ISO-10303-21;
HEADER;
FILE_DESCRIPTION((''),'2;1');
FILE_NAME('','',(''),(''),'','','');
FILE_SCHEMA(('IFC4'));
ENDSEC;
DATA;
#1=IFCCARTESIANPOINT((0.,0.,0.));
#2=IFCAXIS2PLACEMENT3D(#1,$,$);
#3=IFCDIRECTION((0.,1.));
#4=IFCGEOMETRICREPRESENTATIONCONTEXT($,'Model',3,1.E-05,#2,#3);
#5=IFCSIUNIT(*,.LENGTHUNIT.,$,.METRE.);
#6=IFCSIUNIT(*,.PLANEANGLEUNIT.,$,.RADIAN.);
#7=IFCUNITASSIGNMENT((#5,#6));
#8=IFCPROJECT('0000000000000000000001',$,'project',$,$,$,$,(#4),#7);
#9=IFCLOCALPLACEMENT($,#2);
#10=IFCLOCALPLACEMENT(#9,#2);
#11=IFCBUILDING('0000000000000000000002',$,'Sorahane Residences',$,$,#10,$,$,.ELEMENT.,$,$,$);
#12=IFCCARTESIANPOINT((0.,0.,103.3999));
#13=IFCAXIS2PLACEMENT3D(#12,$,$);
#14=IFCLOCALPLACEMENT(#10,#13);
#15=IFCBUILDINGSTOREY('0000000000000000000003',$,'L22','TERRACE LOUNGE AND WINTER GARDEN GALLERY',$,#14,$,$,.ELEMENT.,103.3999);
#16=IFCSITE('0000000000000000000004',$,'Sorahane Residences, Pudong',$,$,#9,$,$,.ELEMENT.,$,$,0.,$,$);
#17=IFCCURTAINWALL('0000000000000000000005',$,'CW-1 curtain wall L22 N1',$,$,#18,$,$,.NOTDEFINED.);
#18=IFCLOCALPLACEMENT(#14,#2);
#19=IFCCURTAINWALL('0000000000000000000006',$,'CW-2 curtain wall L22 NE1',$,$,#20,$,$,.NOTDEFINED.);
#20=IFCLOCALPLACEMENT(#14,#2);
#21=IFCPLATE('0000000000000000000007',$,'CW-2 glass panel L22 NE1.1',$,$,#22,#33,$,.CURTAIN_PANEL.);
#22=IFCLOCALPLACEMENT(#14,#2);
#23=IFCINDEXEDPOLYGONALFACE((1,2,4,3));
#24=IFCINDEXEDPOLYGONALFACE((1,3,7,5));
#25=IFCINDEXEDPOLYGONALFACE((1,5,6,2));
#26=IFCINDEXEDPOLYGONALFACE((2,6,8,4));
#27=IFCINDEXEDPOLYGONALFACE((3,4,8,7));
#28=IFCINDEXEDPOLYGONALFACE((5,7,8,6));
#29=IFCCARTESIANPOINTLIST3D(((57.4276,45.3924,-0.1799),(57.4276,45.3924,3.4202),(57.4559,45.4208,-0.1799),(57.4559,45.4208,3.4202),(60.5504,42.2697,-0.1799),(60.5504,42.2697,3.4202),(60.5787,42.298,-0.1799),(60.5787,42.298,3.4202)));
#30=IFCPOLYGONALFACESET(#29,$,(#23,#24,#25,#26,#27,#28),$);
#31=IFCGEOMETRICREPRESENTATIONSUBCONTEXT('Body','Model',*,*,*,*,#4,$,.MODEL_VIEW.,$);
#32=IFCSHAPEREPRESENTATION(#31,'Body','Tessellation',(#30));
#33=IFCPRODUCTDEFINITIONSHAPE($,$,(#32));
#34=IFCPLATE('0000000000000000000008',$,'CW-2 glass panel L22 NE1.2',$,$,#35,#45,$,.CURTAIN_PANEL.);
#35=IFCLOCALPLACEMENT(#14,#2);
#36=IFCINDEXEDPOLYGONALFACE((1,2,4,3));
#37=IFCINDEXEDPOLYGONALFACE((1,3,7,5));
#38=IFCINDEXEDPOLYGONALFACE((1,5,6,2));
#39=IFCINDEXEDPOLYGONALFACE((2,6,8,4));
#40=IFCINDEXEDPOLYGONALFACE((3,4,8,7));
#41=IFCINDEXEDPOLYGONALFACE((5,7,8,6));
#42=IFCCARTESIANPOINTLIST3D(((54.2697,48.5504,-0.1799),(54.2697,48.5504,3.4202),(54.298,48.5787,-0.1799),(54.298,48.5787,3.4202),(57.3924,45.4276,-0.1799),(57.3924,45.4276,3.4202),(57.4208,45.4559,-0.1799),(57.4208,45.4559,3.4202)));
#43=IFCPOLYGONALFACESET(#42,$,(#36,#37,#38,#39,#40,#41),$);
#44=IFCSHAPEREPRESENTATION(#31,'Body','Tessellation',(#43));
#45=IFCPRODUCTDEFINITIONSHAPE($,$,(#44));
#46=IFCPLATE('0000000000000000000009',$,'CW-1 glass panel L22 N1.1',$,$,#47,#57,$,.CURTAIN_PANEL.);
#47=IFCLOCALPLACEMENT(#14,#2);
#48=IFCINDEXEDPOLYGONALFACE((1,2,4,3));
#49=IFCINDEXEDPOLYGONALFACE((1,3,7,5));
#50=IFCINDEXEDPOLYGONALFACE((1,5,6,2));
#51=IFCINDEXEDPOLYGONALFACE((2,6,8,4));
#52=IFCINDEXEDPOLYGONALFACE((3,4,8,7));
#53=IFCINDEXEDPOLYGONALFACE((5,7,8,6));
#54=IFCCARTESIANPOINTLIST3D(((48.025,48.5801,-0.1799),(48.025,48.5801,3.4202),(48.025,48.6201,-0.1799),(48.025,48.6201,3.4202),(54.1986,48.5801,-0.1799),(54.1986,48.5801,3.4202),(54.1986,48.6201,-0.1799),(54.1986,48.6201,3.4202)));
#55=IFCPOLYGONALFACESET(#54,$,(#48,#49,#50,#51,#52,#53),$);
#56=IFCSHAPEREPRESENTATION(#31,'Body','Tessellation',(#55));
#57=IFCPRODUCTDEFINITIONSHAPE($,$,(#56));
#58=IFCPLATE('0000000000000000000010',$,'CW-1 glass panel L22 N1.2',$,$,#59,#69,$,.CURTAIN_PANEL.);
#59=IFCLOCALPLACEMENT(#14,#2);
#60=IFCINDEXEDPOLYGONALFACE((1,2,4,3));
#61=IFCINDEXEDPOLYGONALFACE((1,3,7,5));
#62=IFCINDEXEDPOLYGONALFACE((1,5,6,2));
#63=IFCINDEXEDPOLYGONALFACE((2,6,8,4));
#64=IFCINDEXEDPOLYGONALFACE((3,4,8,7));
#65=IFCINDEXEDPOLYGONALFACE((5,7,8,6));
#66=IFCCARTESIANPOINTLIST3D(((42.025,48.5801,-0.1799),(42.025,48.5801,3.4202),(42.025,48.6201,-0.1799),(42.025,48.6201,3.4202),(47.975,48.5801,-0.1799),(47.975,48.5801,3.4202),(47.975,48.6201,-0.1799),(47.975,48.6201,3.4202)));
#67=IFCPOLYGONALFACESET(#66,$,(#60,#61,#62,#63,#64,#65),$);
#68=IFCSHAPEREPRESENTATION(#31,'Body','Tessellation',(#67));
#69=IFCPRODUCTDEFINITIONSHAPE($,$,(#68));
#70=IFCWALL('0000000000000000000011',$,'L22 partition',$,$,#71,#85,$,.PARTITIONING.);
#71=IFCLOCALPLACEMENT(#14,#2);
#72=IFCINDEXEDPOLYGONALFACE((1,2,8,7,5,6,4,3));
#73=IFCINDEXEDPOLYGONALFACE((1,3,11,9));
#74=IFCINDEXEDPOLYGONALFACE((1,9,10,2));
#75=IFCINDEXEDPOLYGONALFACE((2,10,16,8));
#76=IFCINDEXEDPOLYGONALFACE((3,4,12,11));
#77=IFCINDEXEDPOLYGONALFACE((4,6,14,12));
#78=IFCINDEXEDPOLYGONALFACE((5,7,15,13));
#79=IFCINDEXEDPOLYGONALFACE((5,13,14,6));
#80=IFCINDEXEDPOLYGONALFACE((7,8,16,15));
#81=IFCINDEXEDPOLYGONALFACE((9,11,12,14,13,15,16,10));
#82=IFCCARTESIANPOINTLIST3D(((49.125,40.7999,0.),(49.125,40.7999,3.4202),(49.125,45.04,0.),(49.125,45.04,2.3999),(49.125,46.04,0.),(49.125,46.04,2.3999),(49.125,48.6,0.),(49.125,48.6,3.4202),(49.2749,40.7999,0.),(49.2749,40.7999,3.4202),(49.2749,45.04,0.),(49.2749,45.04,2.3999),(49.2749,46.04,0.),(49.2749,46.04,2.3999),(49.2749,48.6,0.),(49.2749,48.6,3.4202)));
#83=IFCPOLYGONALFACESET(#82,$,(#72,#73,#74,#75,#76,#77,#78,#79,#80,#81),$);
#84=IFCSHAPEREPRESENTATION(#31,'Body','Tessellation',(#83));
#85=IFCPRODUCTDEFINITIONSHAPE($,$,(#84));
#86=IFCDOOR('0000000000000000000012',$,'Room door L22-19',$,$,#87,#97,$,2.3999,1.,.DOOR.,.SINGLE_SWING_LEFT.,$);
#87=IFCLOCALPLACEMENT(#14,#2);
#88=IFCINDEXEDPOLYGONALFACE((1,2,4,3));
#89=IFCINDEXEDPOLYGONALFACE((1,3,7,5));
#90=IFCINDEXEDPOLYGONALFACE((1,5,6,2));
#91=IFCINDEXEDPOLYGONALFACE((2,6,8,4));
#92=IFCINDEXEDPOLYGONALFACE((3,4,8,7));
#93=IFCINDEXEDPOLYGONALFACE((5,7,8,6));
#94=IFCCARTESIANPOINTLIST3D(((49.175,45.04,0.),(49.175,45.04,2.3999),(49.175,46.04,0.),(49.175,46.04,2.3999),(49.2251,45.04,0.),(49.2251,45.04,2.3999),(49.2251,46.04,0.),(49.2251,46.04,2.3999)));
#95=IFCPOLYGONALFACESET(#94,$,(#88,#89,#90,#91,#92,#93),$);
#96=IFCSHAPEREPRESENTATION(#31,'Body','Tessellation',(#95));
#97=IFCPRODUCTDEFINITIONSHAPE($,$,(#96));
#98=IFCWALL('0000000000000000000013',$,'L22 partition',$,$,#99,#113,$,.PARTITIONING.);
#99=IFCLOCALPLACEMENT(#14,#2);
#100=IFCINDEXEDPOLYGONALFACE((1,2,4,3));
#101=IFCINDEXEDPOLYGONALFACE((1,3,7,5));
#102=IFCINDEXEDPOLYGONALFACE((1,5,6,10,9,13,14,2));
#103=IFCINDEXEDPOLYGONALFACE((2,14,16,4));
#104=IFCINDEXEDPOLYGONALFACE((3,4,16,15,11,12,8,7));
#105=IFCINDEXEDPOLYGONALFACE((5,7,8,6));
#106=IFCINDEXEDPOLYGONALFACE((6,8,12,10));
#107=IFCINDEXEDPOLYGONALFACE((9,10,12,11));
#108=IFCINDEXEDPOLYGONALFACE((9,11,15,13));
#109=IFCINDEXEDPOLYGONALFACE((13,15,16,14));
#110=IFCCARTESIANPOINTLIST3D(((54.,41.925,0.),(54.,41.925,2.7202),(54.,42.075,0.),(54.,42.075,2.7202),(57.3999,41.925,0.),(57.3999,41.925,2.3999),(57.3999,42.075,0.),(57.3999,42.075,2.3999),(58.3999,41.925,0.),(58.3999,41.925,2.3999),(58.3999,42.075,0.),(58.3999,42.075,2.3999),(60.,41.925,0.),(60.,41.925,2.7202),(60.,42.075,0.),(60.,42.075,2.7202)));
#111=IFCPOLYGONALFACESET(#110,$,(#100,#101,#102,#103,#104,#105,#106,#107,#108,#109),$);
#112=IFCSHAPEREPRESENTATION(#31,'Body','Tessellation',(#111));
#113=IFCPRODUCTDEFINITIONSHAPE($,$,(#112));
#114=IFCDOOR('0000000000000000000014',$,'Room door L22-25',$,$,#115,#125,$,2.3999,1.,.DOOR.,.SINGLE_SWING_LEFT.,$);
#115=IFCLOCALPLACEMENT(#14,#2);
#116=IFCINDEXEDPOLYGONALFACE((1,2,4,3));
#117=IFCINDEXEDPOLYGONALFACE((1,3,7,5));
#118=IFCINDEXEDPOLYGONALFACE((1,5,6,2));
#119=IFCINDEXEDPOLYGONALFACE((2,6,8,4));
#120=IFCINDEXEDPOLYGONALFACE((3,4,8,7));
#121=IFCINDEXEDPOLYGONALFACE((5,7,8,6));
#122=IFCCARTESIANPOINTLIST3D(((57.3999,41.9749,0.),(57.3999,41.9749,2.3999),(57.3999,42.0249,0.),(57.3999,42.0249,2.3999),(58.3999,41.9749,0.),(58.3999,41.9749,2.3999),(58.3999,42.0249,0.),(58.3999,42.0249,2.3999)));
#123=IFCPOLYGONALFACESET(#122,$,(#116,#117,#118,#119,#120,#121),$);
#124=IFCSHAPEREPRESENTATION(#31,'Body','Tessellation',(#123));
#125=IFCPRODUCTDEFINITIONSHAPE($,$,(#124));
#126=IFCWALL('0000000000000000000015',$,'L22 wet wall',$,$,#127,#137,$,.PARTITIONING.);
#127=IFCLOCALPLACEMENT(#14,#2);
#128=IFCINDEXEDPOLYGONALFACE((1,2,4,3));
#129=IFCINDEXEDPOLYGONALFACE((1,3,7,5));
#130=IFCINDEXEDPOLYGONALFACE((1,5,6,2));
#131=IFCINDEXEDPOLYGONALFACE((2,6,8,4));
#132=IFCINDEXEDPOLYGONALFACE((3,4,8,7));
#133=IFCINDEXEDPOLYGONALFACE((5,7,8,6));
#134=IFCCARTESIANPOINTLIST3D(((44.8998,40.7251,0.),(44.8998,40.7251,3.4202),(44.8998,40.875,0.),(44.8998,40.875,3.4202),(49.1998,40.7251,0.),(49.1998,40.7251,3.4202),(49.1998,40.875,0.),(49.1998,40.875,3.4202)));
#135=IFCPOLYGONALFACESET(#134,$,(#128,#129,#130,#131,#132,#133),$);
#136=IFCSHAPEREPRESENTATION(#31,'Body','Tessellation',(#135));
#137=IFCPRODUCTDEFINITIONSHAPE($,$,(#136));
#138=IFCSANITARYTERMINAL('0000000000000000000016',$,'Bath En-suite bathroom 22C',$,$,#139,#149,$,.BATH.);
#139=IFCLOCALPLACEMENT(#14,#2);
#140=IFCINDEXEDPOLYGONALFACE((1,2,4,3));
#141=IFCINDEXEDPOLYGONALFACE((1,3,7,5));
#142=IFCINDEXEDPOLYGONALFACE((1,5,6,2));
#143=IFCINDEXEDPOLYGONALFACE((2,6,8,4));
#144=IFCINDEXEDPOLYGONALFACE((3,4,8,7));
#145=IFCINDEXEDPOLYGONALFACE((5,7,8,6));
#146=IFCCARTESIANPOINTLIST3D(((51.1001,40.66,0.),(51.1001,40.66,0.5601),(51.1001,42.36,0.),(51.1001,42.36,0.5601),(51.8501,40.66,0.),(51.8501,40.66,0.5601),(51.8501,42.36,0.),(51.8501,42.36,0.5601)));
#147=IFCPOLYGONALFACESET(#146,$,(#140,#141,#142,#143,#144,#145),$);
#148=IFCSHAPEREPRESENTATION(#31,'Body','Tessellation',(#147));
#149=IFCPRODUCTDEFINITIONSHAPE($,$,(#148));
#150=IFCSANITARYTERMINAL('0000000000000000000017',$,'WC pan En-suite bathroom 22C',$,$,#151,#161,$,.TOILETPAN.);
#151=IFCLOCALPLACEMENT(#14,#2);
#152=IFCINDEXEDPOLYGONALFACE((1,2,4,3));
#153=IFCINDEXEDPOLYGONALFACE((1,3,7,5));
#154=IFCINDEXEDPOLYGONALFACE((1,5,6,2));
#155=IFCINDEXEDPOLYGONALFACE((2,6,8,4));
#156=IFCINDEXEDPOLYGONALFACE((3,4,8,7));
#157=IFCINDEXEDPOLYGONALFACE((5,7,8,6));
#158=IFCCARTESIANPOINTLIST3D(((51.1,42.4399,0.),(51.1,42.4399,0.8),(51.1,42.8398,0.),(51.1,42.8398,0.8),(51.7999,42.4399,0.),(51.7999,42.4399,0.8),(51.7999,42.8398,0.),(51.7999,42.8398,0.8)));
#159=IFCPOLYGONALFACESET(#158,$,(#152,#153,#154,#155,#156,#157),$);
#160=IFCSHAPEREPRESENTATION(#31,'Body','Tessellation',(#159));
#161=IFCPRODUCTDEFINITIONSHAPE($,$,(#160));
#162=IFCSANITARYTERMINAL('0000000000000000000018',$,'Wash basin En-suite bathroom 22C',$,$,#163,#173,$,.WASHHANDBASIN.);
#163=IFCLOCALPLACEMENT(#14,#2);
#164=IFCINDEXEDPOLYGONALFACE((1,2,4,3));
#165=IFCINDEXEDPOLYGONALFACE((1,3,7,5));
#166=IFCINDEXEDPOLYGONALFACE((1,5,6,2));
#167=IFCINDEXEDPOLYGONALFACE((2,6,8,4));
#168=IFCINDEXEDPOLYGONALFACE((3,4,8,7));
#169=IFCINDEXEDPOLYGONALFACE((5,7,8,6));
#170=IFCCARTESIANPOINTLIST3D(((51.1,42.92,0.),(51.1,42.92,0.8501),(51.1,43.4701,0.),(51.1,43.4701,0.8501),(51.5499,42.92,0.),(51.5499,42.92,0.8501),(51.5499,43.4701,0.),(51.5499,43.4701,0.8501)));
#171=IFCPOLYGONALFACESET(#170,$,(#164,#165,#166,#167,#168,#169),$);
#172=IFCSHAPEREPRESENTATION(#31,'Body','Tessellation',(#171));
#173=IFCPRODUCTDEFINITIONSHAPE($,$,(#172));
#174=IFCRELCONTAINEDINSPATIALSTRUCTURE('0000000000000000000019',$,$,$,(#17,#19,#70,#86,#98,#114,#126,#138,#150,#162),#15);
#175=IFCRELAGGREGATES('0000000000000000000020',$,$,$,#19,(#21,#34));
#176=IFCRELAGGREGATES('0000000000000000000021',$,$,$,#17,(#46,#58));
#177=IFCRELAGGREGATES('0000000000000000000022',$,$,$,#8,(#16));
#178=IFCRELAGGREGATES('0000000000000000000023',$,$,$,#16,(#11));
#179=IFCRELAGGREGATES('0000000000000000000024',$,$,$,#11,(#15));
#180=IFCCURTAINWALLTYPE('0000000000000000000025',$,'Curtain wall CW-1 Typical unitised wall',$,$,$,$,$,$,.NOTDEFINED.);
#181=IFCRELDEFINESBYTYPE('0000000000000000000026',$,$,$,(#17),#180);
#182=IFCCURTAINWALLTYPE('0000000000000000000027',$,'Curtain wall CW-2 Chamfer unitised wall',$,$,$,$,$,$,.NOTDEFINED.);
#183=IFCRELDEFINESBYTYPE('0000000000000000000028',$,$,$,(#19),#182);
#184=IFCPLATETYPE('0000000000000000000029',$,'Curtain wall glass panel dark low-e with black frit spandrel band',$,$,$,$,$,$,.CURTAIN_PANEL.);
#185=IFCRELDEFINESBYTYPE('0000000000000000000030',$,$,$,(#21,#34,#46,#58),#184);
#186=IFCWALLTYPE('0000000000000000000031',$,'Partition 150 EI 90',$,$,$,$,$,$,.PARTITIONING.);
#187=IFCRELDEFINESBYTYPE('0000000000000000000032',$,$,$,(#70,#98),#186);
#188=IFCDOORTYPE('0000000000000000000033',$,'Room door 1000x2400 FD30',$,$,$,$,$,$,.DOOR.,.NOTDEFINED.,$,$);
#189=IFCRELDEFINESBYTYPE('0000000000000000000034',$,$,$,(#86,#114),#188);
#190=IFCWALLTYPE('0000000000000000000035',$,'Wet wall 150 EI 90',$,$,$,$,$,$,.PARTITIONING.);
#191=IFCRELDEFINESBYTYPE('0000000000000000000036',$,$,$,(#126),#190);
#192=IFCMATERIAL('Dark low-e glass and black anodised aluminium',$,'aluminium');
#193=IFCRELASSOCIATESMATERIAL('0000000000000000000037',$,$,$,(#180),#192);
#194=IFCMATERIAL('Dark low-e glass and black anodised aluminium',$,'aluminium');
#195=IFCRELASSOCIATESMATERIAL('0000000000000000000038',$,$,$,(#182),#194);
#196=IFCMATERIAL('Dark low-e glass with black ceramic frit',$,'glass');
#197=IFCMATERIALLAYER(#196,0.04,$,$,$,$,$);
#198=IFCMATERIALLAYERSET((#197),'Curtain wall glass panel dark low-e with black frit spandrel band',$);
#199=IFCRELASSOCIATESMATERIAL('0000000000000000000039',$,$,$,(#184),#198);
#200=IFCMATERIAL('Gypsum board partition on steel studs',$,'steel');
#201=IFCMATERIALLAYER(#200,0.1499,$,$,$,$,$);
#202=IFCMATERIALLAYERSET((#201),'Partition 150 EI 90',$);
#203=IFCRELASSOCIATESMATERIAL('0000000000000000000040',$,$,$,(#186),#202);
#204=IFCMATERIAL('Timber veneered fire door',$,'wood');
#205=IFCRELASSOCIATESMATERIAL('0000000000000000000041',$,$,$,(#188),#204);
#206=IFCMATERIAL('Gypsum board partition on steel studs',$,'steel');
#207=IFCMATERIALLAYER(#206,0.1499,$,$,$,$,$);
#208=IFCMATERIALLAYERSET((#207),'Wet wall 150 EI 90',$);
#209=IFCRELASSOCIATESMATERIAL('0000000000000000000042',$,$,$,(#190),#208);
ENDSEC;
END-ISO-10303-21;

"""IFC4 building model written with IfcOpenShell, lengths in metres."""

from ifc_helpers import new_model, si_unit, direction, frame, frame_2d, origin, origin_2d, place, context, subcontext, project, spatial, rectangle, extrude, material, layer, layer_set, type_object, element, fill, aggregate, save


model = new_model("IFC4")

# Units and contexts
model_context = context("Model", 3, precision=1e-05, world=origin(), true_north=direction((0.0, 1.0)))
body_context = subcontext(model_context, "Body", "Model", "MODEL_VIEW")
ifc_project = project(units=[si_unit("LENGTHUNIT", "METRE"), si_unit("PLANEANGLEUNIT", "RADIAN")], contexts=[model_context])

# Site, building, storey
site_placement = place(None, origin())
site = spatial("IfcSite", under=ifc_project, at=site_placement, Name="Sorahane Residences, Pudong", CompositionType="ELEMENT", RefElevation=0.0)
building_placement = place(site_placement, origin())
building = spatial("IfcBuilding", under=site, at=building_placement, Name="Sorahane Residences", CompositionType="ELEMENT")
storey_placement = place(building_placement, frame((0.0, 0.0, 103.3999)))
storey = spatial("IfcBuildingStorey", under=building, at=storey_placement, Name="L22", Description="TERRACE LOUNGE AND WINTER GARDEN GALLERY", CompositionType="ELEMENT", Elevation=103.3999)

# Curtain wall
ifc_material_1 = material(Name="Dark low-e glass and black anodised aluminium", Category="aluminium")
curtain_wall_type_1 = type_object("IfcCurtainWallType", Name="Curtain wall CW-1 Typical unitised wall", PredefinedType="NOTDEFINED", material=ifc_material_1)
curtain_wall_1_placement = place(storey_placement, origin())
curtain_wall_1 = element("IfcCurtainWall", 1, at=curtain_wall_1_placement, inside=storey, type_object=curtain_wall_type_1, Name="CW-1 curtain wall L22 N1", PredefinedType="NOTDEFINED")

# Curtain wall
ifc_material_2 = material(Name="Dark low-e glass and black anodised aluminium", Category="aluminium")
curtain_wall_type_2 = type_object("IfcCurtainWallType", Name="Curtain wall CW-2 Chamfer unitised wall", PredefinedType="NOTDEFINED", material=ifc_material_2)
curtain_wall_2_placement = place(storey_placement, origin())
curtain_wall_2 = element("IfcCurtainWall", 2, at=curtain_wall_2_placement, inside=storey, type_object=curtain_wall_type_2, Name="CW-2 curtain wall L22 NE1", PredefinedType="NOTDEFINED")

# Plates
ifc_material_3 = material(Name="Dark low-e glass with black ceramic frit", Category="glass")
ifc_layer_1 = layer(ifc_material_3, 0.04)
ifc_layer_set_1 = layer_set([ifc_layer_1], Name="Curtain wall glass panel dark low-e with black frit spandrel band")
plate_type = type_object("IfcPlateType", Name="Curtain wall glass panel dark low-e with black frit spandrel band", PredefinedType="CURTAIN_PANEL", material=ifc_layer_set_1)
plate_1_placement = place(storey_placement, frame((59.0032, 43.8452, -0.1799), z_axis=(0.0, 0.0, 1.0), x_axis=(-0.707107, 0.707107, 0.0)))
plate_1 = element("IfcPlate", 3, at=plate_1_placement, type_object=plate_type, Name="CW-2 glass panel L22 NE1.1", PredefinedType="CURTAIN_PANEL", context=body_context, shape_type="SweptSolid", body=[
    extrude(rectangle(XDim=4.4163, YDim=0.04, at=origin_2d()), origin(), (0.0, 0.0, 1.0), 3.6001),
])
plate_2_placement = place(storey_placement, frame((55.8452, 47.0032, -0.1799), z_axis=(0.0, 0.0, 1.0), x_axis=(-0.707107, 0.707107, 0.0)))
plate_2 = element("IfcPlate", 4, at=plate_2_placement, type_object=plate_type, Name="CW-2 glass panel L22 NE1.2", PredefinedType="CURTAIN_PANEL", context=body_context, shape_type="SweptSolid", body=[
    extrude(rectangle(XDim=4.4163, YDim=0.04, at=origin_2d()), origin(), (0.0, 0.0, 1.0), 3.6001),
])
aggregate(curtain_wall_2, [plate_1, plate_2])
plate_3_placement = place(storey_placement, frame((51.1118, 48.6001, -0.1799), z_axis=(0.0, 0.0, 1.0), x_axis=(-1.0, 0.0, 0.0)))
plate_3 = element("IfcPlate", 5, at=plate_3_placement, type_object=plate_type, Name="CW-1 glass panel L22 N1.1", PredefinedType="CURTAIN_PANEL", context=body_context, shape_type="SweptSolid", body=[
    extrude(rectangle(XDim=6.1736, YDim=0.04, at=origin_2d()), origin(), (0.0, 0.0, 1.0), 3.6001),
])
plate_4_placement = place(storey_placement, frame((45.0, 48.6001, -0.1799), z_axis=(0.0, 0.0, 1.0), x_axis=(-1.0, 0.0, 0.0)))
plate_4 = element("IfcPlate", 6, at=plate_4_placement, type_object=plate_type, Name="CW-1 glass panel L22 N1.2", PredefinedType="CURTAIN_PANEL", context=body_context, shape_type="SweptSolid", body=[
    extrude(rectangle(XDim=5.95, YDim=0.04, at=origin_2d()), origin(), (0.0, 0.0, 1.0), 3.6001),
])
aggregate(curtain_wall_1, [plate_3, plate_4])

# Walls, openings, doors
ifc_material_4 = material(Name="Gypsum board partition on steel studs", Category="steel")
ifc_layer_2 = layer(ifc_material_4, 0.1499)
ifc_layer_set_2 = layer_set([ifc_layer_2], Name="Partition 150 EI 90")
wall_type_1 = type_object("IfcWallType", Name="Partition 150 EI 90", PredefinedType="PARTITIONING", material=ifc_layer_set_2)
wall_1_placement = place(storey_placement, frame((49.2, 40.8, 0.0), z_axis=(0.0, 0.0, 1.0), x_axis=(0.0, 1.0, 0.0)))
wall_1 = element("IfcWall", 7, at=wall_1_placement, inside=storey, type_object=wall_type_1, Name="L22 partition", PredefinedType="PARTITIONING", context=body_context, shape_type="SweptSolid", body=[
    extrude(rectangle(XDim=7.8, YDim=0.1499, at=frame_2d((3.8999, 0.0))), origin(), (0.0, 0.0, 1.0), 3.4202),
])
opening_1_placement = place(wall_1_placement, frame((4.24, 0.0, 0.0)))
opening_1 = element("IfcOpeningElement", 8, at=opening_1_placement, cuts=wall_1, PredefinedType="OPENING", context=body_context, shape_type="SweptSolid", body=[
    extrude(rectangle(XDim=1.0, YDim=2.3999, at=frame_2d((0.5, 1.2))), frame((0.0, 0.085, 0.0), z_axis=(0.0, -1.0, 0.0), x_axis=(1.0, 0.0, 0.0)), (0.0, 0.0, 1.0), 0.1699),
])
ifc_material_5 = material(Name="Timber veneered fire door", Category="wood")
door_type = type_object("IfcDoorType", Name="Room door 1000x2400 FD30", OperationType="NOTDEFINED", PredefinedType="DOOR", material=ifc_material_5)
door_1_placement = place(opening_1_placement, origin())
door_1 = element("IfcDoor", 9, at=door_1_placement, inside=storey, type_object=door_type, Name="Room door L22-19", OperationType="SINGLE_SWING_LEFT", OverallHeight=2.3999, OverallWidth=1.0, PredefinedType="DOOR", context=body_context, shape_type="SweptSolid", body=[
    extrude(rectangle(XDim=1.0, YDim=2.3999, at=frame_2d((0.5, 1.2))), frame((0.0, 0.0249, 0.0), z_axis=(0.0, -1.0, 0.0), x_axis=(1.0, 0.0, 0.0)), (0.0, 0.0, 1.0), 0.05),
])
fill(opening_1, door_1)
wall_2_placement = place(storey_placement, frame((54.0, 42.0, 0.0), z_axis=(0.0, 0.0, 1.0), x_axis=(1.0, 0.0, 0.0)))
wall_2 = element("IfcWall", 10, at=wall_2_placement, inside=storey, type_object=wall_type_1, Name="L22 partition", PredefinedType="PARTITIONING", context=body_context, shape_type="SweptSolid", body=[
    extrude(rectangle(XDim=6.0, YDim=0.1499, at=frame_2d((3.0, 0.0))), origin(), (0.0, 0.0, 1.0), 2.7202),
])
opening_2_placement = place(wall_2_placement, frame((3.3999, 0.0, 0.0)))
opening_2 = element("IfcOpeningElement", 11, at=opening_2_placement, cuts=wall_2, PredefinedType="OPENING", context=body_context, shape_type="SweptSolid", body=[
    extrude(rectangle(XDim=1.0, YDim=2.3999, at=frame_2d((0.5, 1.2))), frame((0.0, 0.085, 0.0), z_axis=(0.0, -1.0, 0.0), x_axis=(1.0, 0.0, 0.0)), (0.0, 0.0, 1.0), 0.1699),
])
door_2_placement = place(opening_2_placement, origin())
door_2 = element("IfcDoor", 12, at=door_2_placement, inside=storey, type_object=door_type, Name="Room door L22-25", OperationType="SINGLE_SWING_LEFT", OverallHeight=2.3999, OverallWidth=1.0, PredefinedType="DOOR", context=body_context, shape_type="SweptSolid", body=[
    extrude(rectangle(XDim=1.0, YDim=2.3999, at=frame_2d((0.5, 1.2))), frame((0.0, 0.0249, 0.0), z_axis=(0.0, -1.0, 0.0), x_axis=(1.0, 0.0, 0.0)), (0.0, 0.0, 1.0), 0.05),
])
fill(opening_2, door_2)

# Wall
ifc_material_6 = material(Name="Gypsum board partition on steel studs", Category="steel")
ifc_layer_3 = layer(ifc_material_6, 0.1499)
ifc_layer_set_3 = layer_set([ifc_layer_3], Name="Wet wall 150 EI 90")
wall_type_2 = type_object("IfcWallType", Name="Wet wall 150 EI 90", PredefinedType="PARTITIONING", material=ifc_layer_set_3)
wall_3_placement = place(storey_placement, frame((44.8999, 40.8, 0.0), z_axis=(0.0, 0.0, 1.0), x_axis=(1.0, 0.0, 0.0)))
element("IfcWall", 13, at=wall_3_placement, inside=storey, type_object=wall_type_2, Name="L22 wet wall", PredefinedType="PARTITIONING", context=body_context, shape_type="SweptSolid", body=[
    extrude(rectangle(XDim=4.3, YDim=0.1499, at=frame_2d((2.1499, 0.0))), origin(), (0.0, 0.0, 1.0), 3.4202),
])

# Sanitary terminals
sanitary_terminal_1_placement = place(storey_placement, frame((51.4751, 41.51, 0.0), z_axis=(0.0, 0.0, 1.0), x_axis=(0.0, 1.0, 0.0)))
element("IfcSanitaryTerminal", 14, at=sanitary_terminal_1_placement, inside=storey, Name="Bath En-suite bathroom 22C", PredefinedType="BATH", context=body_context, shape_type="SweptSolid", body=[
    extrude(rectangle(XDim=1.7, YDim=0.75, at=origin_2d()), origin(), (0.0, 0.0, 1.0), 0.5601),
])
sanitary_terminal_2_placement = place(storey_placement, frame((51.45, 42.6399, 0.0), z_axis=(0.0, 0.0, 1.0), x_axis=(0.0, 1.0, 0.0)))
element("IfcSanitaryTerminal", 15, at=sanitary_terminal_2_placement, inside=storey, Name="WC pan En-suite bathroom 22C", PredefinedType="TOILETPAN", context=body_context, shape_type="SweptSolid", body=[
    extrude(rectangle(XDim=0.3999, YDim=0.7, at=origin_2d()), origin(), (0.0, 0.0, 1.0), 0.8),
])
sanitary_terminal_3_placement = place(storey_placement, frame((51.325, 43.1951, 0.0), z_axis=(0.0, 0.0, 1.0), x_axis=(0.0, 1.0, 0.0)))
element("IfcSanitaryTerminal", 16, at=sanitary_terminal_3_placement, inside=storey, Name="Wash basin En-suite bathroom 22C", PredefinedType="WASHHANDBASIN", context=body_context, shape_type="SweptSolid", body=[
    extrude(rectangle(XDim=0.55, YDim=0.45, at=origin_2d()), origin(), (0.0, 0.0, 1.0), 0.8501),
])

save(model, "model.ifc")
